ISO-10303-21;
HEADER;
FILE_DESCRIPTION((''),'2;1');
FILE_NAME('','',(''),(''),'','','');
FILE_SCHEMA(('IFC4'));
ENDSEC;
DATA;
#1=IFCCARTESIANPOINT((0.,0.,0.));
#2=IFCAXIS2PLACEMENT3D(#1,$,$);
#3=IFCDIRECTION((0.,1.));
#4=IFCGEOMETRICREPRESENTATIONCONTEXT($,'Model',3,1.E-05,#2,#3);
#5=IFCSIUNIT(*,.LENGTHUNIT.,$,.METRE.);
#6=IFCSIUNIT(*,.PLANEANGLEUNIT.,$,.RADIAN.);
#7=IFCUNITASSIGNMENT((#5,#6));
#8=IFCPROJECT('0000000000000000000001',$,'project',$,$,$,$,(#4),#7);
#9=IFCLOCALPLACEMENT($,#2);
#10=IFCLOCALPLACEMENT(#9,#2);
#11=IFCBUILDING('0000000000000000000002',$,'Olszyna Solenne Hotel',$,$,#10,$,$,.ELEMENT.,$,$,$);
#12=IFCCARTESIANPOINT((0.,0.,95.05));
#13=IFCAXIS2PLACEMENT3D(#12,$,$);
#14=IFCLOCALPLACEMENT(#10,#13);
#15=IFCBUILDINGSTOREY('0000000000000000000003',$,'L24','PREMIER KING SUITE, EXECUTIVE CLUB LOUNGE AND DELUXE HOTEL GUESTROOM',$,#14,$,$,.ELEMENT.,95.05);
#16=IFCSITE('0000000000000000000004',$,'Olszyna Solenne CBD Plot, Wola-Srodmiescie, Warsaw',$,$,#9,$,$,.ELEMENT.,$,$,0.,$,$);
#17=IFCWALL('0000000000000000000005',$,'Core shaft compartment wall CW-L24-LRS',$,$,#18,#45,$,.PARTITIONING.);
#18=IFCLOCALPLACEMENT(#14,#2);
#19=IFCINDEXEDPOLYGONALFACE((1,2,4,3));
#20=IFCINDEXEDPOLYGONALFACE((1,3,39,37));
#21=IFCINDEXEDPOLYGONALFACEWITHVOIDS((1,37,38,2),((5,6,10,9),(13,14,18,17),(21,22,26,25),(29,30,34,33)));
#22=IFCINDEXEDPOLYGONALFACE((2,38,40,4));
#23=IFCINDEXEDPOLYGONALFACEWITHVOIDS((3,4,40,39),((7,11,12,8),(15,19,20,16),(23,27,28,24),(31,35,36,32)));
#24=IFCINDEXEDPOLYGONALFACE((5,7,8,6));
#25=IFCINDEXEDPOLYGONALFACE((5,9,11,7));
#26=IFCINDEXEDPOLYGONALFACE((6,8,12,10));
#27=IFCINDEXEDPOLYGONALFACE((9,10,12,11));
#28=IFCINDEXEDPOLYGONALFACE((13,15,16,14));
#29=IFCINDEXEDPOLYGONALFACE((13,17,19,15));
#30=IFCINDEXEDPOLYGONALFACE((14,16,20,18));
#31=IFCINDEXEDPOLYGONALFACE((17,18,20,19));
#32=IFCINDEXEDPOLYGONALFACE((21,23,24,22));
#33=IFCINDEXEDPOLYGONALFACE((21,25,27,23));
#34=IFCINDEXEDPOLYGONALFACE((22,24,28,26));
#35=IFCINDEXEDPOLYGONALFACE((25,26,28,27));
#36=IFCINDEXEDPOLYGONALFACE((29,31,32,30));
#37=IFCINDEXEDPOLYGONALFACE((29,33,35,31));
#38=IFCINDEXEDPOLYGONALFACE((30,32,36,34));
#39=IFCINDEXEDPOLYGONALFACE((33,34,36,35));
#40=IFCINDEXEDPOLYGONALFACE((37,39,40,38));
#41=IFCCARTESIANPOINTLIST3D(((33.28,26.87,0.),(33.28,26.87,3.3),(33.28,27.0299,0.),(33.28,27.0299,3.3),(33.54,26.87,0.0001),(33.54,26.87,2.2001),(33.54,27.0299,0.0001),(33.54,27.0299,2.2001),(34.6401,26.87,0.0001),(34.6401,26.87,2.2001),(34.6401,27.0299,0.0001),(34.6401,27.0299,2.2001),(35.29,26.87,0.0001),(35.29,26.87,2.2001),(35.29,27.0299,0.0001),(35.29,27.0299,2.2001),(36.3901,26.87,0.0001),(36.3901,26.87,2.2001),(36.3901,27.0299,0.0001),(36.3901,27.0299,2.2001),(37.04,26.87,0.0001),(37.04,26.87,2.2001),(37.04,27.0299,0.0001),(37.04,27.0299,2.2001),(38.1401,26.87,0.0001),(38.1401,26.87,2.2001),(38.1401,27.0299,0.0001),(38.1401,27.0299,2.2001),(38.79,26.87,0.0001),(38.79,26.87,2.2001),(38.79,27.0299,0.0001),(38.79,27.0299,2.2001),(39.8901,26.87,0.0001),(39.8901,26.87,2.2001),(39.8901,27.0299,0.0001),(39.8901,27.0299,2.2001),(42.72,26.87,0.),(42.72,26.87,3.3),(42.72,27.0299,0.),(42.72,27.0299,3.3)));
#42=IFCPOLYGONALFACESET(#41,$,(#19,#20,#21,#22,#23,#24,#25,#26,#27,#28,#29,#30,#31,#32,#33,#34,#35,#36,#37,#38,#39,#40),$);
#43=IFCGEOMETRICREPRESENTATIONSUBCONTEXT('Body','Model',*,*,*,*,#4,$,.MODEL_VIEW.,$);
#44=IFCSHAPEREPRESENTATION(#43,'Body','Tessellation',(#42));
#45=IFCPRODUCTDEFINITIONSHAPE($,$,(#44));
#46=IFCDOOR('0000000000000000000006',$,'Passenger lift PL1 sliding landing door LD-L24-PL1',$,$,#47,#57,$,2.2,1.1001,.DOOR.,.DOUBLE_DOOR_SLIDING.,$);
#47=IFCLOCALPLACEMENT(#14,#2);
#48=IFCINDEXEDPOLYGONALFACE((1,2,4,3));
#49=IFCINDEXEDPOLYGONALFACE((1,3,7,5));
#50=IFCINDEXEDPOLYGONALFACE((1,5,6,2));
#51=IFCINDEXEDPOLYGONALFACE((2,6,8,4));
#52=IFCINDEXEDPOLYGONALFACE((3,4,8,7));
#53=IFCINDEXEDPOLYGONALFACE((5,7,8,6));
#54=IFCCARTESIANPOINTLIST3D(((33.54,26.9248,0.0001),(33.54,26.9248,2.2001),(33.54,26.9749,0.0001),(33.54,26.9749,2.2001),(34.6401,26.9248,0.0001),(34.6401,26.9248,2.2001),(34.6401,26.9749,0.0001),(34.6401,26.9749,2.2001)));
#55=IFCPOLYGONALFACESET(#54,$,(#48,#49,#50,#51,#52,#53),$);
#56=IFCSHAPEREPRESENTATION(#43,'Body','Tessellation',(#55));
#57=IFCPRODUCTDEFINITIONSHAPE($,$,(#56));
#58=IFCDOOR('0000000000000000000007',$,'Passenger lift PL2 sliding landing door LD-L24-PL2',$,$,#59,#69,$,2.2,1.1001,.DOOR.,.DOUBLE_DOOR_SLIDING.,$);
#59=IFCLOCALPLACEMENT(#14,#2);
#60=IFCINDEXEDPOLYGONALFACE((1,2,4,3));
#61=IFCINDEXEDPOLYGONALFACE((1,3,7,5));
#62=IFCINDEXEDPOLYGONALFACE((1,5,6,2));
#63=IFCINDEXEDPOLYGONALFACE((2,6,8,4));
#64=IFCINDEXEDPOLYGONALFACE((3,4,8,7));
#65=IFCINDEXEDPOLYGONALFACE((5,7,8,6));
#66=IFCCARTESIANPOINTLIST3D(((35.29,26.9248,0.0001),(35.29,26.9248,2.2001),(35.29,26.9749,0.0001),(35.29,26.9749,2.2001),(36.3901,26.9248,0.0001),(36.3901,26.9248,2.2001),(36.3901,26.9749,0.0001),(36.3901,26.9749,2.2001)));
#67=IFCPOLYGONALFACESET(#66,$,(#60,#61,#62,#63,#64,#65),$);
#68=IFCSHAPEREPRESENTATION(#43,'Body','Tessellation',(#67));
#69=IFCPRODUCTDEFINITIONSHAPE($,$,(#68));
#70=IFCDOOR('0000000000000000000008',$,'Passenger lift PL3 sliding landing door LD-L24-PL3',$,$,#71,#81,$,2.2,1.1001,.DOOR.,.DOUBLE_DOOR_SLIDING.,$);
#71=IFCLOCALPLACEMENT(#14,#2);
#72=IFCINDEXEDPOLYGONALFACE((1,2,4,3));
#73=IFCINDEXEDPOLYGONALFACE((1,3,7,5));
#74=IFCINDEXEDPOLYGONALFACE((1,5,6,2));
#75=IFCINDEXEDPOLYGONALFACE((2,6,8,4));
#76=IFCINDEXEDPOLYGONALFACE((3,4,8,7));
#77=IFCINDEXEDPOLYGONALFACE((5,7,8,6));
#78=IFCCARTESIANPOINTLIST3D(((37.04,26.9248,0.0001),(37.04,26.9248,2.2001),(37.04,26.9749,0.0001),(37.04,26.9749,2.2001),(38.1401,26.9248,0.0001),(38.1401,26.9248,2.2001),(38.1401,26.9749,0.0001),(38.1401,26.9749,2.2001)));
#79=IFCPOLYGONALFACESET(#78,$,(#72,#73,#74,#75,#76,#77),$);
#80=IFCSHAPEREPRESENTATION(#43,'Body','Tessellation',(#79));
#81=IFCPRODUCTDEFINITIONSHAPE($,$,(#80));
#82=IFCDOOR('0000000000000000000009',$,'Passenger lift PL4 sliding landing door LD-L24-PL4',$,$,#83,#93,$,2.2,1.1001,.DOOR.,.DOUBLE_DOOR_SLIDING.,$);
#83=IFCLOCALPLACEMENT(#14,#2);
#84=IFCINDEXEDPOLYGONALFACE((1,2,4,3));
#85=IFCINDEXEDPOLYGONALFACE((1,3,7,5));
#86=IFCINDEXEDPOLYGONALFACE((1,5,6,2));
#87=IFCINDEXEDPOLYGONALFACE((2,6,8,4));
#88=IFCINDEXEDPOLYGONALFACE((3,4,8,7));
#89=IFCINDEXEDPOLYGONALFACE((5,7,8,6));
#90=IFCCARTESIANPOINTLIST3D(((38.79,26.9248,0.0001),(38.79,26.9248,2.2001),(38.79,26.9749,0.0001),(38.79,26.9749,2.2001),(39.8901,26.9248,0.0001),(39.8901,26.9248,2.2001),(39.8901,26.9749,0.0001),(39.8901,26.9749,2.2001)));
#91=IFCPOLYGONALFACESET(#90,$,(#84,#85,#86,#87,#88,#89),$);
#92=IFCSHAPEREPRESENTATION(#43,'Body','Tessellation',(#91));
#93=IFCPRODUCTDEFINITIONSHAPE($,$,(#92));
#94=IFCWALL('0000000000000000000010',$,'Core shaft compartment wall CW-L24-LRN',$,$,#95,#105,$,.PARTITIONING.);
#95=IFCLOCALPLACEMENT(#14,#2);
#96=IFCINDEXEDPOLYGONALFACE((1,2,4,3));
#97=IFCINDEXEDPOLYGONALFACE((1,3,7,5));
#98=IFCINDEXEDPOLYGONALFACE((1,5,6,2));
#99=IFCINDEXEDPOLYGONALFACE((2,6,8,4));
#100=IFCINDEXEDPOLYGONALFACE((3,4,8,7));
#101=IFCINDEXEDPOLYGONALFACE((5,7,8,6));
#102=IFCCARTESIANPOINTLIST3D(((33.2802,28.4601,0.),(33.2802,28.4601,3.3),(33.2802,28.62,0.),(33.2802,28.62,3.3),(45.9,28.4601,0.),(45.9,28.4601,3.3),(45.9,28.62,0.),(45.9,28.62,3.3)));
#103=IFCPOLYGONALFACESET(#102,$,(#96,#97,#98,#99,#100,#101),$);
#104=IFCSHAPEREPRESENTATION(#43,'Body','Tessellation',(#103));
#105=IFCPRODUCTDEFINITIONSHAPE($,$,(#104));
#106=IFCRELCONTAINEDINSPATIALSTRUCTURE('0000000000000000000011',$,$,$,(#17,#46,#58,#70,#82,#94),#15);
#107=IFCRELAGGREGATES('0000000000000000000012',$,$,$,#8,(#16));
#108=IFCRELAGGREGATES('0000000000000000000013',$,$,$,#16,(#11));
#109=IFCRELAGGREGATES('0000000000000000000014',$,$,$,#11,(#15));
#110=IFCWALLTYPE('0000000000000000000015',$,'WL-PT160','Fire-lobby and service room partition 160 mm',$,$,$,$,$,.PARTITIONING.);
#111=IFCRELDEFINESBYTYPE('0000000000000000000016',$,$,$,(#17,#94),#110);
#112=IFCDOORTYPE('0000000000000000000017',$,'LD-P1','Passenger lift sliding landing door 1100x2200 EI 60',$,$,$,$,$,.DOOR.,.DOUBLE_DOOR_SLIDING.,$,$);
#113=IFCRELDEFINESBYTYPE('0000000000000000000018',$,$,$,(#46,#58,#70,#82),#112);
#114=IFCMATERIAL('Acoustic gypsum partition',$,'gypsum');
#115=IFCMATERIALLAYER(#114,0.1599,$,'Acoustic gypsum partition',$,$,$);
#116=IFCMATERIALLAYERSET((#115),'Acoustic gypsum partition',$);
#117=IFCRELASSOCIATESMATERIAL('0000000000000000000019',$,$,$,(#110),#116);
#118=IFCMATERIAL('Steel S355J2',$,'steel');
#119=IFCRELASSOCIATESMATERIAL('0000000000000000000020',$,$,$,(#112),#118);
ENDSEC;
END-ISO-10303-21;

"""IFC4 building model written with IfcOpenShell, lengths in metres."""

from ifc_helpers import new_model, si_unit, direction, frame, frame_2d, origin, place, context, subcontext, project, spatial, rectangle, extrude, source, transform, mapped, material, layer, layer_set, type_object, type_shapes, element, fill, save


model = new_model("IFC4")

# Units and contexts
model_context = context("Model", 3, precision=1e-05, world=origin(), true_north=direction((0.0, 1.0)))
body_context = subcontext(model_context, "Body", "Model", "MODEL_VIEW")
ifc_project = project(units=[si_unit("LENGTHUNIT", "METRE"), si_unit("PLANEANGLEUNIT", "RADIAN")], contexts=[model_context])

# Site, building, storey
site_placement = place(None, origin())
site = spatial("IfcSite", under=ifc_project, at=site_placement, Name="Olszyna Solenne CBD Plot, Wola-Srodmiescie, Warsaw", CompositionType="ELEMENT", RefElevation=0.0)
building_placement = place(site_placement, origin())
building = spatial("IfcBuilding", under=site, at=building_placement, Name="Olszyna Solenne Hotel", CompositionType="ELEMENT")
storey_placement = place(building_placement, frame((0.0, 0.0, 95.05)))
storey = spatial("IfcBuildingStorey", under=building, at=storey_placement, Name="L24", Description="PREMIER KING SUITE, EXECUTIVE CLUB LOUNGE AND DELUXE HOTEL GUESTROOM", CompositionType="ELEMENT", Elevation=95.05)

# Shared definitions
ifc_material_1 = material(Name="Steel S355J2", Category="steel")

# Shared definitions
ifc_material_2 = material(Name="Acoustic gypsum partition", Category="gypsum")
ifc_layer_1 = layer(ifc_material_2, 0.1599, Name="Acoustic gypsum partition")
ifc_layer_set_1 = layer_set([ifc_layer_1], Name="Acoustic gypsum partition")
wall_type_1 = type_object("IfcWallType", Name="WL-PT160", Description="Fire-lobby and service room partition 160 mm", PredefinedType="PARTITIONING", material=ifc_layer_set_1)

# Wall, openings, doors
wall_1_placement = place(storey_placement, frame((33.28, 26.95, 0.0), z_axis=(0.0, 0.0, 1.0), x_axis=(1.0, 0.0, 0.0)))
wall_1 = element("IfcWall", 1, at=wall_1_placement, inside=storey, type_object=wall_type_1, Name="Core shaft compartment wall CW-L24-LRS", PredefinedType="PARTITIONING", context=body_context, shape_type="SweptSolid", body=[
    extrude(rectangle(XDim=9.4399, YDim=0.1599, at=frame_2d((4.72, 0.0))), origin(), (0.0, 0.0, 1.0), 3.3),
])
opening_1_placement = place(wall_1_placement, frame((0.26, 0.0, 0.0)))
opening_1 = element("IfcOpeningElement", 2, at=opening_1_placement, cuts=wall_1, PredefinedType="OPENING", context=body_context, shape_type="SweptSolid", body=[
    extrude(rectangle(XDim=1.1001, YDim=2.2, at=frame_2d((0.55, 1.1001))), frame((0.0, 0.0898, 0.0), z_axis=(0.0, -1.0, 0.0), x_axis=(1.0, 0.0, 0.0)), (0.0, 0.0, 1.0), 0.1799),
])
opening_2_placement = place(wall_1_placement, frame((2.01, 0.0, 0.0)))
opening_2 = element("IfcOpeningElement", 3, at=opening_2_placement, cuts=wall_1, PredefinedType="OPENING", context=body_context, shape_type="SweptSolid", body=[
    extrude(rectangle(XDim=1.1001, YDim=2.2, at=frame_2d((0.55, 1.1001))), frame((0.0, 0.0898, 0.0), z_axis=(0.0, -1.0, 0.0), x_axis=(1.0, 0.0, 0.0)), (0.0, 0.0, 1.0), 0.1799),
])
opening_3_placement = place(wall_1_placement, frame((3.76, 0.0, 0.0)))
opening_3 = element("IfcOpeningElement", 4, at=opening_3_placement, cuts=wall_1, PredefinedType="OPENING", context=body_context, shape_type="SweptSolid", body=[
    extrude(rectangle(XDim=1.1001, YDim=2.2, at=frame_2d((0.55, 1.1001))), frame((0.0, 0.0898, 0.0), z_axis=(0.0, -1.0, 0.0), x_axis=(1.0, 0.0, 0.0)), (0.0, 0.0, 1.0), 0.1799),
])
opening_4_placement = place(wall_1_placement, frame((5.51, 0.0, 0.0)))
opening_4 = element("IfcOpeningElement", 5, at=opening_4_placement, cuts=wall_1, PredefinedType="OPENING", context=body_context, shape_type="SweptSolid", body=[
    extrude(rectangle(XDim=1.1001, YDim=2.2, at=frame_2d((0.55, 1.1001))), frame((0.0, 0.0898, 0.0), z_axis=(0.0, -1.0, 0.0), x_axis=(1.0, 0.0, 0.0)), (0.0, 0.0, 1.0), 0.1799),
])
door_type = type_object("IfcDoorType", Name="LD-P1", Description="Passenger lift sliding landing door 1100x2200 EI 60", OperationType="DOUBLE_DOOR_SLIDING", PredefinedType="DOOR", material=ifc_material_1)
shared_shape_1 = source(origin(), body_context, "Body", "SweptSolid", [
    extrude(rectangle(XDim=1.1001, YDim=2.2, at=frame_2d((0.55, 1.1001))), frame((0.0, 0.0249, 0.0), z_axis=(0.0, -1.0, 0.0), x_axis=(1.0, 0.0, 0.0)), (0.0, 0.0, 1.0), 0.05),
])
type_shapes(door_type, [shared_shape_1])
door_1_placement = place(opening_1_placement, origin())
door_1 = element("IfcDoor", 6, at=door_1_placement, inside=storey, type_object=door_type, Name="Passenger lift PL1 sliding landing door LD-L24-PL1", OperationType="DOUBLE_DOOR_SLIDING", OverallHeight=2.2, OverallWidth=1.1001, PredefinedType="DOOR", context=body_context, shape_type="MappedRepresentation", body=[
    mapped(shared_shape_1, transform((0.0, 0.0, 0.0), x_axis=(1.0, 0.0, 0.0), y_axis=(0.0, 1.0, 0.0), z_axis=(0.0, 0.0, 1.0), scale=1.0)),
])
fill(opening_1, door_1)
door_2_placement = place(opening_2_placement, origin())
door_2 = element("IfcDoor", 7, at=door_2_placement, inside=storey, type_object=door_type, Name="Passenger lift PL2 sliding landing door LD-L24-PL2", OperationType="DOUBLE_DOOR_SLIDING", OverallHeight=2.2, OverallWidth=1.1001, PredefinedType="DOOR", context=body_context, shape_type="MappedRepresentation", body=[
    mapped(shared_shape_1, transform((0.0, 0.0, 0.0), x_axis=(1.0, 0.0, 0.0), y_axis=(0.0, 1.0, 0.0), z_axis=(0.0, 0.0, 1.0), scale=1.0)),
])
fill(opening_2, door_2)
door_3_placement = place(opening_3_placement, origin())
door_3 = element("IfcDoor", 8, at=door_3_placement, inside=storey, type_object=door_type, Name="Passenger lift PL3 sliding landing door LD-L24-PL3", OperationType="DOUBLE_DOOR_SLIDING", OverallHeight=2.2, OverallWidth=1.1001, PredefinedType="DOOR", context=body_context, shape_type="MappedRepresentation", body=[
    mapped(shared_shape_1, transform((0.0, 0.0, 0.0), x_axis=(1.0, 0.0, 0.0), y_axis=(0.0, 1.0, 0.0), z_axis=(0.0, 0.0, 1.0), scale=1.0)),
])
fill(opening_3, door_3)
door_4_placement = place(opening_4_placement, origin())
door_4 = element("IfcDoor", 9, at=door_4_placement, inside=storey, type_object=door_type, Name="Passenger lift PL4 sliding landing door LD-L24-PL4", OperationType="DOUBLE_DOOR_SLIDING", OverallHeight=2.2, OverallWidth=1.1001, PredefinedType="DOOR", context=body_context, shape_type="MappedRepresentation", body=[
    mapped(shared_shape_1, transform((0.0, 0.0, 0.0), x_axis=(1.0, 0.0, 0.0), y_axis=(0.0, 1.0, 0.0), z_axis=(0.0, 0.0, 1.0), scale=1.0)),
])
fill(opening_4, door_4)

# Wall
wall_2_placement = place(storey_placement, frame((33.28, 28.54, 0.0), z_axis=(0.0, 0.0, 1.0), x_axis=(1.0, 0.0, 0.0)))
element("IfcWall", 10, at=wall_2_placement, inside=storey, type_object=wall_type_1, Name="Core shaft compartment wall CW-L24-LRN", PredefinedType="PARTITIONING", context=body_context, shape_type="SweptSolid", body=[
    extrude(rectangle(XDim=12.6199, YDim=0.1599, at=frame_2d((6.3101, 0.0))), origin(), (0.0, 0.0, 1.0), 3.3),
])

save(model, "model.ifc")
